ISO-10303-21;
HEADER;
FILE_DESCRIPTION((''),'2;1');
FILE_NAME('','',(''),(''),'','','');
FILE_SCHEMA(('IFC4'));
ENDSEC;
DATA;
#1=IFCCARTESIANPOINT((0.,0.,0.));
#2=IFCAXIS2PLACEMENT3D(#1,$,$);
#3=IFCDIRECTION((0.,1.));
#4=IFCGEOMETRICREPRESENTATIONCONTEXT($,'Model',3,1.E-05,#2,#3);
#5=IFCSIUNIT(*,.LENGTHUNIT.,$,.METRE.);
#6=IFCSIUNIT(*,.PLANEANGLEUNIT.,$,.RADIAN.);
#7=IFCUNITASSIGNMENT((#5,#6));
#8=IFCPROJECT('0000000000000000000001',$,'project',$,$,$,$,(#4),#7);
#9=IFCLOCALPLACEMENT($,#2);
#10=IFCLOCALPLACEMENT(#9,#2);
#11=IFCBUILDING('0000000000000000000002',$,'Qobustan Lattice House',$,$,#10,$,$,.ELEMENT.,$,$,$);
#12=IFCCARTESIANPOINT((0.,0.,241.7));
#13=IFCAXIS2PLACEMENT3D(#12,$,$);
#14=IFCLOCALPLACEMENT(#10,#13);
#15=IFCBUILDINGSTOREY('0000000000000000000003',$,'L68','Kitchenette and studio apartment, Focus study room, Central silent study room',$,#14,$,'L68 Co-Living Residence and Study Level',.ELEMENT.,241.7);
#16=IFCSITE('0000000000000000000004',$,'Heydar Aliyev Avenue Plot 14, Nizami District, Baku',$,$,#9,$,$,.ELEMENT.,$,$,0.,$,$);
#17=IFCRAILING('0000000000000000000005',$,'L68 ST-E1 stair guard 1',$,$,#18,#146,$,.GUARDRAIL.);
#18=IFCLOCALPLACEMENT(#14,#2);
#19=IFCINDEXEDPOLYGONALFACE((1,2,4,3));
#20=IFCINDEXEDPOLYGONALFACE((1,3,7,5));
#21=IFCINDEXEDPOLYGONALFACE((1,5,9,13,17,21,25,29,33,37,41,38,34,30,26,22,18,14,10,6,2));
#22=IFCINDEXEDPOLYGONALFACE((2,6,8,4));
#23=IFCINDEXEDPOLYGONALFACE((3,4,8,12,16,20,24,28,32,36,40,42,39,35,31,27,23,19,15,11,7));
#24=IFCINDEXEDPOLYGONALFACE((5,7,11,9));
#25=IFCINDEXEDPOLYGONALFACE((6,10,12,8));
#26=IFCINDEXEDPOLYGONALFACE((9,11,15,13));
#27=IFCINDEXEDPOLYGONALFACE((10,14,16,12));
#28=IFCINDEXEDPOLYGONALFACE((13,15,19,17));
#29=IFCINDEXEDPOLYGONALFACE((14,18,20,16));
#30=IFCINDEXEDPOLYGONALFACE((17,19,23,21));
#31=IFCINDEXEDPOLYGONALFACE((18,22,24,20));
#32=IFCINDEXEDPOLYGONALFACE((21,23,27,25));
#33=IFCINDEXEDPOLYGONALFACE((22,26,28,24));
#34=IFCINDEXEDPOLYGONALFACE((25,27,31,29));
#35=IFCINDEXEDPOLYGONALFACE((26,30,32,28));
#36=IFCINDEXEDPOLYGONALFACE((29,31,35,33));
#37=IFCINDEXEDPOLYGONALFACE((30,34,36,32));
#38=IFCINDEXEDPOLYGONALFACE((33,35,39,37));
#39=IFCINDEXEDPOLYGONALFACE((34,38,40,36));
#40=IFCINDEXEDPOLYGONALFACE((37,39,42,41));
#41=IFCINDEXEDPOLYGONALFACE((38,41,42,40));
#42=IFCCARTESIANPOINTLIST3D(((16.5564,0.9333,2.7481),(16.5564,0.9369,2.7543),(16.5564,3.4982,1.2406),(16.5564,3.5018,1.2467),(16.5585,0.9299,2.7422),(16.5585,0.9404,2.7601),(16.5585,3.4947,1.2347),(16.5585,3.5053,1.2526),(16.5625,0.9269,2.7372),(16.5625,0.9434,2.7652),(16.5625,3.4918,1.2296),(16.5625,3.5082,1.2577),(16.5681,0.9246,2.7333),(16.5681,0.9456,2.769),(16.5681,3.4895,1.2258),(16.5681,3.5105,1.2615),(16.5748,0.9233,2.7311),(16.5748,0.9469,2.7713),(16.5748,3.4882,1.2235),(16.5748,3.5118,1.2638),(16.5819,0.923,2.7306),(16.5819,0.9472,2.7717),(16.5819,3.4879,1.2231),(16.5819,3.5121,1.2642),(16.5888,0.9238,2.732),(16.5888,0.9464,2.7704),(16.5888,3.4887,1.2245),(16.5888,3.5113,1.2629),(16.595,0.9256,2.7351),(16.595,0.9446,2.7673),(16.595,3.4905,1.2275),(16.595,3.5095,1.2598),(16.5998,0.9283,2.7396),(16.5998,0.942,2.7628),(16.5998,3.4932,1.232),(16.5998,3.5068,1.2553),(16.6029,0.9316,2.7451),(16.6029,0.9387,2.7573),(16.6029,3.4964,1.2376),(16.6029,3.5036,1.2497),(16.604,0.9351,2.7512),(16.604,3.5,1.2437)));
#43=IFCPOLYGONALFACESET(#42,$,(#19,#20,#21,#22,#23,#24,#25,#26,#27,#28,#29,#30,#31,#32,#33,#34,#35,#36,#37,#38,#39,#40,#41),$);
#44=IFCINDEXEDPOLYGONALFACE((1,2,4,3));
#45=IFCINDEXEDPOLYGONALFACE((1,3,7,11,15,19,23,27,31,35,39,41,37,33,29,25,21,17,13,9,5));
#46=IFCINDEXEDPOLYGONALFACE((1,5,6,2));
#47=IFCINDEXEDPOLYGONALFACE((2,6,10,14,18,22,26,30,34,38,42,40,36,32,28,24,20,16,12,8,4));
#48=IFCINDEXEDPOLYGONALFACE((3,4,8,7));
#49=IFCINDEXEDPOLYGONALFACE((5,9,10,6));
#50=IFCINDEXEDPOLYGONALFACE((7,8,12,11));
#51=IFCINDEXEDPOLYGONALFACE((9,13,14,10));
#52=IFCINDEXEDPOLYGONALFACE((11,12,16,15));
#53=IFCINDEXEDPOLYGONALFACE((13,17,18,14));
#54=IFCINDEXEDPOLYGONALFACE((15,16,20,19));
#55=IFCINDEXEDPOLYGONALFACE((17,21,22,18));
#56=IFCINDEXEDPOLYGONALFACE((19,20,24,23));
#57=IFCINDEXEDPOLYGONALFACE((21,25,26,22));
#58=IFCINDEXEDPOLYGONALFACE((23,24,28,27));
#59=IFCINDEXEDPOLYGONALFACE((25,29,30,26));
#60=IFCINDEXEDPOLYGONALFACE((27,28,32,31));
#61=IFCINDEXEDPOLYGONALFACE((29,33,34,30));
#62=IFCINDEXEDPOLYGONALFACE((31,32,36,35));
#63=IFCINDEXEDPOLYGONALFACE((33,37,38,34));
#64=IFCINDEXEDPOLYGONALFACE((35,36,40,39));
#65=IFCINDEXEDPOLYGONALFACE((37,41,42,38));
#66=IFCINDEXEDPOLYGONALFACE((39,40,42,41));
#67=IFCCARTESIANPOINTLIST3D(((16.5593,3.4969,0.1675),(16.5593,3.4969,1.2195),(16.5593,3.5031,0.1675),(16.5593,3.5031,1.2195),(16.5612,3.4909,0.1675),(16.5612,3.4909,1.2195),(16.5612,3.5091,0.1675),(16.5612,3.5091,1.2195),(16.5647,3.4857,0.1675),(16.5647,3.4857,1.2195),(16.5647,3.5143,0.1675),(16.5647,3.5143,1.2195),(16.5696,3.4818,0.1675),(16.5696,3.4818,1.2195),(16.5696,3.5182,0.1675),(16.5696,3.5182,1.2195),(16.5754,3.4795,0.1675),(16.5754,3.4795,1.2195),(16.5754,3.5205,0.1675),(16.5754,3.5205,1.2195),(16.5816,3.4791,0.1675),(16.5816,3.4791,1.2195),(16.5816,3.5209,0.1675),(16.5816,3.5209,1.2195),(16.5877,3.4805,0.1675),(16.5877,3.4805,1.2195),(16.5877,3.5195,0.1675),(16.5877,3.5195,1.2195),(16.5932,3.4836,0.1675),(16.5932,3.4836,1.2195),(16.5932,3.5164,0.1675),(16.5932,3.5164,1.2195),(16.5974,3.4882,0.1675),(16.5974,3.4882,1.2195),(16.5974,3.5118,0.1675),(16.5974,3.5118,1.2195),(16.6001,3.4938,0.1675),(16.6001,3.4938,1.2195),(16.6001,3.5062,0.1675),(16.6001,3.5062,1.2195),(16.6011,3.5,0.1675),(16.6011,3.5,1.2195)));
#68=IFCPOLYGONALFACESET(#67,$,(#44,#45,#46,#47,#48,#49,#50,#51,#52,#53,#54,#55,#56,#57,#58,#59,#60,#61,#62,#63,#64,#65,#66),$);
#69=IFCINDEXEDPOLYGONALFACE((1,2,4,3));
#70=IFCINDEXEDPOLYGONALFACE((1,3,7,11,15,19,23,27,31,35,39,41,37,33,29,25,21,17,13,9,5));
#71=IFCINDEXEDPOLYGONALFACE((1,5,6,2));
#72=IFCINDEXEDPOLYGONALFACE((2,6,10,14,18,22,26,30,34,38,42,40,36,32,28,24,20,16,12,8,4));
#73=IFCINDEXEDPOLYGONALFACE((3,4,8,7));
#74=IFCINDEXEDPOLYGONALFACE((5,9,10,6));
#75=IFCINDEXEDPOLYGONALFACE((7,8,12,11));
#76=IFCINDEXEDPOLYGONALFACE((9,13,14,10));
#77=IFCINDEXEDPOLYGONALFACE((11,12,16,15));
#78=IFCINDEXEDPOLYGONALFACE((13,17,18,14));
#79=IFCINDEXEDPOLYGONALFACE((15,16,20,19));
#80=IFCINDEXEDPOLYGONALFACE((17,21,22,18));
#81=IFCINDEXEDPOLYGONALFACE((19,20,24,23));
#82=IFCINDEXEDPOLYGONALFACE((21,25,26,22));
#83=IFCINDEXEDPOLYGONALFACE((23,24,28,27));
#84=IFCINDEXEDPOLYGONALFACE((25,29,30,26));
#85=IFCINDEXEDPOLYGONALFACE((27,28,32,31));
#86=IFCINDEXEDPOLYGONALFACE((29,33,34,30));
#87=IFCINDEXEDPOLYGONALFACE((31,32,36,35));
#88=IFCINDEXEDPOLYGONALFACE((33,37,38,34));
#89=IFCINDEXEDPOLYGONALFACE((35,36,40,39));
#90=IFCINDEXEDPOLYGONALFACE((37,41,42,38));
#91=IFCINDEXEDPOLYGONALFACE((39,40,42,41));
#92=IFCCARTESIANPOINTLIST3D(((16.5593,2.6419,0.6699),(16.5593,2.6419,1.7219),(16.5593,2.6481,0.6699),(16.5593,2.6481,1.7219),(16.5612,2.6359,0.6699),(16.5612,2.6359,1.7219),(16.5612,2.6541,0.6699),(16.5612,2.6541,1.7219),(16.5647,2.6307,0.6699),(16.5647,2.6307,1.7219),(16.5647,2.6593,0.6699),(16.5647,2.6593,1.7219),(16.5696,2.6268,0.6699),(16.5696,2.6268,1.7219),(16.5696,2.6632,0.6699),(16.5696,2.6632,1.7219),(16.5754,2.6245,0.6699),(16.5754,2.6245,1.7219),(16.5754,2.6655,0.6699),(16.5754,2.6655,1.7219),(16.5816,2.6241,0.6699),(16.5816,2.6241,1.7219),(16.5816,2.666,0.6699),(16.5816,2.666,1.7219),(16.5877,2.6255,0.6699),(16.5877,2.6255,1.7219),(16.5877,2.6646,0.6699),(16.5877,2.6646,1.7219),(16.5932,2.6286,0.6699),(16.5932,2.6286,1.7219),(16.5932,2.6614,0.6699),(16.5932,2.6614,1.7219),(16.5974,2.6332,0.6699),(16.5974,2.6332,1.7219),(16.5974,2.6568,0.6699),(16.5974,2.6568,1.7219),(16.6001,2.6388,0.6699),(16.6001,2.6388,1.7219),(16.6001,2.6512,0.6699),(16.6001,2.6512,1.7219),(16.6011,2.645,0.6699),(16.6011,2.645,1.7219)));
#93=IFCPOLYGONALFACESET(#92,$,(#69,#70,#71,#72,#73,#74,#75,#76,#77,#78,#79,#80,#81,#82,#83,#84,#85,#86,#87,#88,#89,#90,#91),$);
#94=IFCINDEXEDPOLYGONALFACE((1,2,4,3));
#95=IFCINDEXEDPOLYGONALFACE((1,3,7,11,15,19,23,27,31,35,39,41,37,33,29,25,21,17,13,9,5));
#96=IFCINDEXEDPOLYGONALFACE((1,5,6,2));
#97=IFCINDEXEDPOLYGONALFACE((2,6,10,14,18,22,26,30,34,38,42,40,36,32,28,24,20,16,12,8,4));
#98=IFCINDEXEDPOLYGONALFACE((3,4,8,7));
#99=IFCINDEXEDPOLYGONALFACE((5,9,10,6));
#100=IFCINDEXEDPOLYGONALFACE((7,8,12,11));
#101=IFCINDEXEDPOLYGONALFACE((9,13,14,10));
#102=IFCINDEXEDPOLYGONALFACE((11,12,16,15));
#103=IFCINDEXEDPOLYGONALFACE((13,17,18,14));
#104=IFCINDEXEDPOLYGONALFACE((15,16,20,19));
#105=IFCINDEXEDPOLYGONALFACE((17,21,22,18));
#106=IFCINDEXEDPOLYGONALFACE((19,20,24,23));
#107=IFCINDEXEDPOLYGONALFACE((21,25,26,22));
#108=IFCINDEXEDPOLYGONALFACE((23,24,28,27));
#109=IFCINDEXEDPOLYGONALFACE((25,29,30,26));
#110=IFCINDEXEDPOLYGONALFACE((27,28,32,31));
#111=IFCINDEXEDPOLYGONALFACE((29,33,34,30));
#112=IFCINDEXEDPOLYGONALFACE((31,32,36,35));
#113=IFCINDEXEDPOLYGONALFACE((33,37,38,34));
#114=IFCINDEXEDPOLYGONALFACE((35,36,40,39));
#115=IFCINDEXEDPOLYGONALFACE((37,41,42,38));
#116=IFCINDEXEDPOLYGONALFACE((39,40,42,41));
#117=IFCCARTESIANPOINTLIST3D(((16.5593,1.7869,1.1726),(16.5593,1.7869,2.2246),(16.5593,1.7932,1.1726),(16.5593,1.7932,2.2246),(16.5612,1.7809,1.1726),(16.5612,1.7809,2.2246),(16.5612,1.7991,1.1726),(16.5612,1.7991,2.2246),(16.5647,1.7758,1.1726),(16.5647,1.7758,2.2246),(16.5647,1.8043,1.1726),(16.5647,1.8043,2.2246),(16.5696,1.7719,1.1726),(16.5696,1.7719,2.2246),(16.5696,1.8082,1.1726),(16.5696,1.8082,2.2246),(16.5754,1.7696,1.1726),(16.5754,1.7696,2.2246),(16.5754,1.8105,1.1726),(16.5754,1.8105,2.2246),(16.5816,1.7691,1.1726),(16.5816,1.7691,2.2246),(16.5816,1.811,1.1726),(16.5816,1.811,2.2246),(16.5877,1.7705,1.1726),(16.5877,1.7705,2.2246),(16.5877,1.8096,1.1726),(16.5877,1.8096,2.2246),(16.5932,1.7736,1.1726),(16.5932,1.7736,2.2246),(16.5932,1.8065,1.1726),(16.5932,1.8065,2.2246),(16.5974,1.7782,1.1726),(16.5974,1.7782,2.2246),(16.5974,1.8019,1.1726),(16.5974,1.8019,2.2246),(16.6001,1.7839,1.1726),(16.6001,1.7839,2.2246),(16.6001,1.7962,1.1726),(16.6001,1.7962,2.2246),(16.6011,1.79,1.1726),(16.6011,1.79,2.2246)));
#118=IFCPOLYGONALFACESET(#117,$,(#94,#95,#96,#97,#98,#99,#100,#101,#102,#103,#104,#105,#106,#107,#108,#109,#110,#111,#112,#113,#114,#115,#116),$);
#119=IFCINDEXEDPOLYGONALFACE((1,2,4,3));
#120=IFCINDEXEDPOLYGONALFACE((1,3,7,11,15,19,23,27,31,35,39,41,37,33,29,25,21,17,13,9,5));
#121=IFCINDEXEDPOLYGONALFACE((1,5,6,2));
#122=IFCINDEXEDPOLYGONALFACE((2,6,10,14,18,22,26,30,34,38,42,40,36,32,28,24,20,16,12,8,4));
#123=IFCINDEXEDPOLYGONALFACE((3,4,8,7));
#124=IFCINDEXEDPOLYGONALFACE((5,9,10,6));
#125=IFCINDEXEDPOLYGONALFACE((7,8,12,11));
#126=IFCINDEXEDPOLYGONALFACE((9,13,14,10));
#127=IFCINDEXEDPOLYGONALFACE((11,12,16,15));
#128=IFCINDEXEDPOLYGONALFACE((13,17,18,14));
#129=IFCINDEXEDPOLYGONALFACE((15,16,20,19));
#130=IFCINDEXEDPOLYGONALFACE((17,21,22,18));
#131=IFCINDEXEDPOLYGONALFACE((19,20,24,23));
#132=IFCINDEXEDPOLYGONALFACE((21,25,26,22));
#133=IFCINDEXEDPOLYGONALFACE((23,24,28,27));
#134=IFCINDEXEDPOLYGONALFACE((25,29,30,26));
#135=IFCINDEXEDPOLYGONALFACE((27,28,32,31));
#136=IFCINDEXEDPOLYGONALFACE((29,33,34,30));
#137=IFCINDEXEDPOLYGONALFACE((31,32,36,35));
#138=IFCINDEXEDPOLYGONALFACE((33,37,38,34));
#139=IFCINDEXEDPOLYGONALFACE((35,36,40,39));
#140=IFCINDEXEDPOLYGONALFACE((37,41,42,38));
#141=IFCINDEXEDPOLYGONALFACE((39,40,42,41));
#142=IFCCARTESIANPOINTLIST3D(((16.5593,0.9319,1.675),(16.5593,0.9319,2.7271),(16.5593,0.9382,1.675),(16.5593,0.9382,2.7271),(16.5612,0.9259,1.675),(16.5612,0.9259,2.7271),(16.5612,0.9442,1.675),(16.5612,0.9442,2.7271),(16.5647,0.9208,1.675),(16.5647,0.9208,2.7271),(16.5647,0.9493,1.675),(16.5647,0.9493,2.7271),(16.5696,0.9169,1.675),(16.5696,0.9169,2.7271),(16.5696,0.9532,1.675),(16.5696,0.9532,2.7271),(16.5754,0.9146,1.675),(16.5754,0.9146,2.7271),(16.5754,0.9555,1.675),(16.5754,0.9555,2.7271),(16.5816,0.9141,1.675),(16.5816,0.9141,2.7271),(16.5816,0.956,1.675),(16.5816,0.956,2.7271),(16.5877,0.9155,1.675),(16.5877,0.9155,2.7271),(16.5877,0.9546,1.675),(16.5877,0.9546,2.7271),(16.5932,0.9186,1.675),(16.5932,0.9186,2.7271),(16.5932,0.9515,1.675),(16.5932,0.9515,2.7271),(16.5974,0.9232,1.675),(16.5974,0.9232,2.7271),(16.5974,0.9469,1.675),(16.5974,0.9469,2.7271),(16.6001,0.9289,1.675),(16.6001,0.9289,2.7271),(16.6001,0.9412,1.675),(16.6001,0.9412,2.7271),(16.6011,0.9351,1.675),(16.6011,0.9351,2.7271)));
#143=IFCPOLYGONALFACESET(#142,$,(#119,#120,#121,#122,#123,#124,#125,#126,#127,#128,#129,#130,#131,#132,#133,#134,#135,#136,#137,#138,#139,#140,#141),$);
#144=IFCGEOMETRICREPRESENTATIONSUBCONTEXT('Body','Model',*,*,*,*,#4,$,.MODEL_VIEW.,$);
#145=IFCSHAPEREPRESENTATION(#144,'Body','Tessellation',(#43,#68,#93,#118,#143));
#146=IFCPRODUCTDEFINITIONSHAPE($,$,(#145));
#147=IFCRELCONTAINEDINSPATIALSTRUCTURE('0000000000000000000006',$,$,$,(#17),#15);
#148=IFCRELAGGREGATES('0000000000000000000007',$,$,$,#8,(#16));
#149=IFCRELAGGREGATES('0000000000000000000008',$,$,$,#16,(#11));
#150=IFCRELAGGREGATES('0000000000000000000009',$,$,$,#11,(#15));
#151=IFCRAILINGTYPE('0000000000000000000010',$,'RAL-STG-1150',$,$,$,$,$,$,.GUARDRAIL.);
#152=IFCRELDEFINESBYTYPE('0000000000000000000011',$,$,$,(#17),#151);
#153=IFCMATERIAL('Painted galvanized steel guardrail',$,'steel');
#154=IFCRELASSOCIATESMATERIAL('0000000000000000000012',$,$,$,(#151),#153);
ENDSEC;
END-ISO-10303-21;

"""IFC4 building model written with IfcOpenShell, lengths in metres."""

from ifc_helpers import new_model, si_unit, direction, frame, origin, origin_2d, place, context, subcontext, project, spatial, circle, extrude, material, type_object, element, save


model = new_model("IFC4")

# Units and contexts
model_context = context("Model", 3, precision=1e-05, world=origin(), true_north=direction((0.0, 1.0)))
body_context = subcontext(model_context, "Body", "Model", "MODEL_VIEW")
ifc_project = project(units=[si_unit("LENGTHUNIT", "METRE"), si_unit("PLANEANGLEUNIT", "RADIAN")], contexts=[model_context])

# Site, building, storey
site_placement = place(None, origin())
site = spatial("IfcSite", under=ifc_project, at=site_placement, Name="Heydar Aliyev Avenue Plot 14, Nizami District, Baku", CompositionType="ELEMENT", RefElevation=0.0)
building_placement = place(site_placement, origin())
building = spatial("IfcBuilding", under=site, at=building_placement, Name="Qobustan Lattice House", CompositionType="ELEMENT")
storey_placement = place(building_placement, frame((0.0, 0.0, 241.7)))
storey = spatial("IfcBuildingStorey", under=building, at=storey_placement, Name="L68", Description="Kitchenette and studio apartment, Focus study room, Central silent study room", LongName="L68 Co-Living Residence and Study Level", CompositionType="ELEMENT", Elevation=241.7)

# Railing
ifc_material_1 = material(Name="Painted galvanized steel guardrail", Category="steel")
railing_type_1 = type_object("IfcRailingType", Name="RAL-STG-1150", PredefinedType="GUARDRAIL", material=ifc_material_1)
railing_1_placement = place(storey_placement, frame((16.5801, 3.5, 0.1675)))
element("IfcRailing", 1, at=railing_1_placement, inside=storey, type_object=railing_type_1, Name="L68 ST-E1 stair guard 1", PredefinedType="GUARDRAIL", context=body_context, shape_type="SweptSolid", body=[
    extrude(circle(Radius=0.0239, at=origin_2d()), frame((0.0, 0.0, 1.0762), z_axis=(0.0, -0.862113, 0.506715), x_axis=(1.0, 0.0, 0.0)), (0.0, 0.0, 1.0), 2.9751),
    extrude(circle(Radius=0.021, at=origin_2d()), origin(), (0.0, 0.0, 1.0), 1.052),
    extrude(circle(Radius=0.021, at=origin_2d()), frame((0.0, -0.855, 0.5024)), (0.0, 0.0, 1.0), 1.052),
    extrude(circle(Radius=0.021, at=origin_2d()), frame((0.0, -1.71, 1.0051)), (0.0, 0.0, 1.0), 1.052),
    extrude(circle(Radius=0.021, at=origin_2d()), frame((0.0, -2.5649, 1.5076)), (0.0, 0.0, 1.0), 1.052),
])

save(model, "model.ifc")
